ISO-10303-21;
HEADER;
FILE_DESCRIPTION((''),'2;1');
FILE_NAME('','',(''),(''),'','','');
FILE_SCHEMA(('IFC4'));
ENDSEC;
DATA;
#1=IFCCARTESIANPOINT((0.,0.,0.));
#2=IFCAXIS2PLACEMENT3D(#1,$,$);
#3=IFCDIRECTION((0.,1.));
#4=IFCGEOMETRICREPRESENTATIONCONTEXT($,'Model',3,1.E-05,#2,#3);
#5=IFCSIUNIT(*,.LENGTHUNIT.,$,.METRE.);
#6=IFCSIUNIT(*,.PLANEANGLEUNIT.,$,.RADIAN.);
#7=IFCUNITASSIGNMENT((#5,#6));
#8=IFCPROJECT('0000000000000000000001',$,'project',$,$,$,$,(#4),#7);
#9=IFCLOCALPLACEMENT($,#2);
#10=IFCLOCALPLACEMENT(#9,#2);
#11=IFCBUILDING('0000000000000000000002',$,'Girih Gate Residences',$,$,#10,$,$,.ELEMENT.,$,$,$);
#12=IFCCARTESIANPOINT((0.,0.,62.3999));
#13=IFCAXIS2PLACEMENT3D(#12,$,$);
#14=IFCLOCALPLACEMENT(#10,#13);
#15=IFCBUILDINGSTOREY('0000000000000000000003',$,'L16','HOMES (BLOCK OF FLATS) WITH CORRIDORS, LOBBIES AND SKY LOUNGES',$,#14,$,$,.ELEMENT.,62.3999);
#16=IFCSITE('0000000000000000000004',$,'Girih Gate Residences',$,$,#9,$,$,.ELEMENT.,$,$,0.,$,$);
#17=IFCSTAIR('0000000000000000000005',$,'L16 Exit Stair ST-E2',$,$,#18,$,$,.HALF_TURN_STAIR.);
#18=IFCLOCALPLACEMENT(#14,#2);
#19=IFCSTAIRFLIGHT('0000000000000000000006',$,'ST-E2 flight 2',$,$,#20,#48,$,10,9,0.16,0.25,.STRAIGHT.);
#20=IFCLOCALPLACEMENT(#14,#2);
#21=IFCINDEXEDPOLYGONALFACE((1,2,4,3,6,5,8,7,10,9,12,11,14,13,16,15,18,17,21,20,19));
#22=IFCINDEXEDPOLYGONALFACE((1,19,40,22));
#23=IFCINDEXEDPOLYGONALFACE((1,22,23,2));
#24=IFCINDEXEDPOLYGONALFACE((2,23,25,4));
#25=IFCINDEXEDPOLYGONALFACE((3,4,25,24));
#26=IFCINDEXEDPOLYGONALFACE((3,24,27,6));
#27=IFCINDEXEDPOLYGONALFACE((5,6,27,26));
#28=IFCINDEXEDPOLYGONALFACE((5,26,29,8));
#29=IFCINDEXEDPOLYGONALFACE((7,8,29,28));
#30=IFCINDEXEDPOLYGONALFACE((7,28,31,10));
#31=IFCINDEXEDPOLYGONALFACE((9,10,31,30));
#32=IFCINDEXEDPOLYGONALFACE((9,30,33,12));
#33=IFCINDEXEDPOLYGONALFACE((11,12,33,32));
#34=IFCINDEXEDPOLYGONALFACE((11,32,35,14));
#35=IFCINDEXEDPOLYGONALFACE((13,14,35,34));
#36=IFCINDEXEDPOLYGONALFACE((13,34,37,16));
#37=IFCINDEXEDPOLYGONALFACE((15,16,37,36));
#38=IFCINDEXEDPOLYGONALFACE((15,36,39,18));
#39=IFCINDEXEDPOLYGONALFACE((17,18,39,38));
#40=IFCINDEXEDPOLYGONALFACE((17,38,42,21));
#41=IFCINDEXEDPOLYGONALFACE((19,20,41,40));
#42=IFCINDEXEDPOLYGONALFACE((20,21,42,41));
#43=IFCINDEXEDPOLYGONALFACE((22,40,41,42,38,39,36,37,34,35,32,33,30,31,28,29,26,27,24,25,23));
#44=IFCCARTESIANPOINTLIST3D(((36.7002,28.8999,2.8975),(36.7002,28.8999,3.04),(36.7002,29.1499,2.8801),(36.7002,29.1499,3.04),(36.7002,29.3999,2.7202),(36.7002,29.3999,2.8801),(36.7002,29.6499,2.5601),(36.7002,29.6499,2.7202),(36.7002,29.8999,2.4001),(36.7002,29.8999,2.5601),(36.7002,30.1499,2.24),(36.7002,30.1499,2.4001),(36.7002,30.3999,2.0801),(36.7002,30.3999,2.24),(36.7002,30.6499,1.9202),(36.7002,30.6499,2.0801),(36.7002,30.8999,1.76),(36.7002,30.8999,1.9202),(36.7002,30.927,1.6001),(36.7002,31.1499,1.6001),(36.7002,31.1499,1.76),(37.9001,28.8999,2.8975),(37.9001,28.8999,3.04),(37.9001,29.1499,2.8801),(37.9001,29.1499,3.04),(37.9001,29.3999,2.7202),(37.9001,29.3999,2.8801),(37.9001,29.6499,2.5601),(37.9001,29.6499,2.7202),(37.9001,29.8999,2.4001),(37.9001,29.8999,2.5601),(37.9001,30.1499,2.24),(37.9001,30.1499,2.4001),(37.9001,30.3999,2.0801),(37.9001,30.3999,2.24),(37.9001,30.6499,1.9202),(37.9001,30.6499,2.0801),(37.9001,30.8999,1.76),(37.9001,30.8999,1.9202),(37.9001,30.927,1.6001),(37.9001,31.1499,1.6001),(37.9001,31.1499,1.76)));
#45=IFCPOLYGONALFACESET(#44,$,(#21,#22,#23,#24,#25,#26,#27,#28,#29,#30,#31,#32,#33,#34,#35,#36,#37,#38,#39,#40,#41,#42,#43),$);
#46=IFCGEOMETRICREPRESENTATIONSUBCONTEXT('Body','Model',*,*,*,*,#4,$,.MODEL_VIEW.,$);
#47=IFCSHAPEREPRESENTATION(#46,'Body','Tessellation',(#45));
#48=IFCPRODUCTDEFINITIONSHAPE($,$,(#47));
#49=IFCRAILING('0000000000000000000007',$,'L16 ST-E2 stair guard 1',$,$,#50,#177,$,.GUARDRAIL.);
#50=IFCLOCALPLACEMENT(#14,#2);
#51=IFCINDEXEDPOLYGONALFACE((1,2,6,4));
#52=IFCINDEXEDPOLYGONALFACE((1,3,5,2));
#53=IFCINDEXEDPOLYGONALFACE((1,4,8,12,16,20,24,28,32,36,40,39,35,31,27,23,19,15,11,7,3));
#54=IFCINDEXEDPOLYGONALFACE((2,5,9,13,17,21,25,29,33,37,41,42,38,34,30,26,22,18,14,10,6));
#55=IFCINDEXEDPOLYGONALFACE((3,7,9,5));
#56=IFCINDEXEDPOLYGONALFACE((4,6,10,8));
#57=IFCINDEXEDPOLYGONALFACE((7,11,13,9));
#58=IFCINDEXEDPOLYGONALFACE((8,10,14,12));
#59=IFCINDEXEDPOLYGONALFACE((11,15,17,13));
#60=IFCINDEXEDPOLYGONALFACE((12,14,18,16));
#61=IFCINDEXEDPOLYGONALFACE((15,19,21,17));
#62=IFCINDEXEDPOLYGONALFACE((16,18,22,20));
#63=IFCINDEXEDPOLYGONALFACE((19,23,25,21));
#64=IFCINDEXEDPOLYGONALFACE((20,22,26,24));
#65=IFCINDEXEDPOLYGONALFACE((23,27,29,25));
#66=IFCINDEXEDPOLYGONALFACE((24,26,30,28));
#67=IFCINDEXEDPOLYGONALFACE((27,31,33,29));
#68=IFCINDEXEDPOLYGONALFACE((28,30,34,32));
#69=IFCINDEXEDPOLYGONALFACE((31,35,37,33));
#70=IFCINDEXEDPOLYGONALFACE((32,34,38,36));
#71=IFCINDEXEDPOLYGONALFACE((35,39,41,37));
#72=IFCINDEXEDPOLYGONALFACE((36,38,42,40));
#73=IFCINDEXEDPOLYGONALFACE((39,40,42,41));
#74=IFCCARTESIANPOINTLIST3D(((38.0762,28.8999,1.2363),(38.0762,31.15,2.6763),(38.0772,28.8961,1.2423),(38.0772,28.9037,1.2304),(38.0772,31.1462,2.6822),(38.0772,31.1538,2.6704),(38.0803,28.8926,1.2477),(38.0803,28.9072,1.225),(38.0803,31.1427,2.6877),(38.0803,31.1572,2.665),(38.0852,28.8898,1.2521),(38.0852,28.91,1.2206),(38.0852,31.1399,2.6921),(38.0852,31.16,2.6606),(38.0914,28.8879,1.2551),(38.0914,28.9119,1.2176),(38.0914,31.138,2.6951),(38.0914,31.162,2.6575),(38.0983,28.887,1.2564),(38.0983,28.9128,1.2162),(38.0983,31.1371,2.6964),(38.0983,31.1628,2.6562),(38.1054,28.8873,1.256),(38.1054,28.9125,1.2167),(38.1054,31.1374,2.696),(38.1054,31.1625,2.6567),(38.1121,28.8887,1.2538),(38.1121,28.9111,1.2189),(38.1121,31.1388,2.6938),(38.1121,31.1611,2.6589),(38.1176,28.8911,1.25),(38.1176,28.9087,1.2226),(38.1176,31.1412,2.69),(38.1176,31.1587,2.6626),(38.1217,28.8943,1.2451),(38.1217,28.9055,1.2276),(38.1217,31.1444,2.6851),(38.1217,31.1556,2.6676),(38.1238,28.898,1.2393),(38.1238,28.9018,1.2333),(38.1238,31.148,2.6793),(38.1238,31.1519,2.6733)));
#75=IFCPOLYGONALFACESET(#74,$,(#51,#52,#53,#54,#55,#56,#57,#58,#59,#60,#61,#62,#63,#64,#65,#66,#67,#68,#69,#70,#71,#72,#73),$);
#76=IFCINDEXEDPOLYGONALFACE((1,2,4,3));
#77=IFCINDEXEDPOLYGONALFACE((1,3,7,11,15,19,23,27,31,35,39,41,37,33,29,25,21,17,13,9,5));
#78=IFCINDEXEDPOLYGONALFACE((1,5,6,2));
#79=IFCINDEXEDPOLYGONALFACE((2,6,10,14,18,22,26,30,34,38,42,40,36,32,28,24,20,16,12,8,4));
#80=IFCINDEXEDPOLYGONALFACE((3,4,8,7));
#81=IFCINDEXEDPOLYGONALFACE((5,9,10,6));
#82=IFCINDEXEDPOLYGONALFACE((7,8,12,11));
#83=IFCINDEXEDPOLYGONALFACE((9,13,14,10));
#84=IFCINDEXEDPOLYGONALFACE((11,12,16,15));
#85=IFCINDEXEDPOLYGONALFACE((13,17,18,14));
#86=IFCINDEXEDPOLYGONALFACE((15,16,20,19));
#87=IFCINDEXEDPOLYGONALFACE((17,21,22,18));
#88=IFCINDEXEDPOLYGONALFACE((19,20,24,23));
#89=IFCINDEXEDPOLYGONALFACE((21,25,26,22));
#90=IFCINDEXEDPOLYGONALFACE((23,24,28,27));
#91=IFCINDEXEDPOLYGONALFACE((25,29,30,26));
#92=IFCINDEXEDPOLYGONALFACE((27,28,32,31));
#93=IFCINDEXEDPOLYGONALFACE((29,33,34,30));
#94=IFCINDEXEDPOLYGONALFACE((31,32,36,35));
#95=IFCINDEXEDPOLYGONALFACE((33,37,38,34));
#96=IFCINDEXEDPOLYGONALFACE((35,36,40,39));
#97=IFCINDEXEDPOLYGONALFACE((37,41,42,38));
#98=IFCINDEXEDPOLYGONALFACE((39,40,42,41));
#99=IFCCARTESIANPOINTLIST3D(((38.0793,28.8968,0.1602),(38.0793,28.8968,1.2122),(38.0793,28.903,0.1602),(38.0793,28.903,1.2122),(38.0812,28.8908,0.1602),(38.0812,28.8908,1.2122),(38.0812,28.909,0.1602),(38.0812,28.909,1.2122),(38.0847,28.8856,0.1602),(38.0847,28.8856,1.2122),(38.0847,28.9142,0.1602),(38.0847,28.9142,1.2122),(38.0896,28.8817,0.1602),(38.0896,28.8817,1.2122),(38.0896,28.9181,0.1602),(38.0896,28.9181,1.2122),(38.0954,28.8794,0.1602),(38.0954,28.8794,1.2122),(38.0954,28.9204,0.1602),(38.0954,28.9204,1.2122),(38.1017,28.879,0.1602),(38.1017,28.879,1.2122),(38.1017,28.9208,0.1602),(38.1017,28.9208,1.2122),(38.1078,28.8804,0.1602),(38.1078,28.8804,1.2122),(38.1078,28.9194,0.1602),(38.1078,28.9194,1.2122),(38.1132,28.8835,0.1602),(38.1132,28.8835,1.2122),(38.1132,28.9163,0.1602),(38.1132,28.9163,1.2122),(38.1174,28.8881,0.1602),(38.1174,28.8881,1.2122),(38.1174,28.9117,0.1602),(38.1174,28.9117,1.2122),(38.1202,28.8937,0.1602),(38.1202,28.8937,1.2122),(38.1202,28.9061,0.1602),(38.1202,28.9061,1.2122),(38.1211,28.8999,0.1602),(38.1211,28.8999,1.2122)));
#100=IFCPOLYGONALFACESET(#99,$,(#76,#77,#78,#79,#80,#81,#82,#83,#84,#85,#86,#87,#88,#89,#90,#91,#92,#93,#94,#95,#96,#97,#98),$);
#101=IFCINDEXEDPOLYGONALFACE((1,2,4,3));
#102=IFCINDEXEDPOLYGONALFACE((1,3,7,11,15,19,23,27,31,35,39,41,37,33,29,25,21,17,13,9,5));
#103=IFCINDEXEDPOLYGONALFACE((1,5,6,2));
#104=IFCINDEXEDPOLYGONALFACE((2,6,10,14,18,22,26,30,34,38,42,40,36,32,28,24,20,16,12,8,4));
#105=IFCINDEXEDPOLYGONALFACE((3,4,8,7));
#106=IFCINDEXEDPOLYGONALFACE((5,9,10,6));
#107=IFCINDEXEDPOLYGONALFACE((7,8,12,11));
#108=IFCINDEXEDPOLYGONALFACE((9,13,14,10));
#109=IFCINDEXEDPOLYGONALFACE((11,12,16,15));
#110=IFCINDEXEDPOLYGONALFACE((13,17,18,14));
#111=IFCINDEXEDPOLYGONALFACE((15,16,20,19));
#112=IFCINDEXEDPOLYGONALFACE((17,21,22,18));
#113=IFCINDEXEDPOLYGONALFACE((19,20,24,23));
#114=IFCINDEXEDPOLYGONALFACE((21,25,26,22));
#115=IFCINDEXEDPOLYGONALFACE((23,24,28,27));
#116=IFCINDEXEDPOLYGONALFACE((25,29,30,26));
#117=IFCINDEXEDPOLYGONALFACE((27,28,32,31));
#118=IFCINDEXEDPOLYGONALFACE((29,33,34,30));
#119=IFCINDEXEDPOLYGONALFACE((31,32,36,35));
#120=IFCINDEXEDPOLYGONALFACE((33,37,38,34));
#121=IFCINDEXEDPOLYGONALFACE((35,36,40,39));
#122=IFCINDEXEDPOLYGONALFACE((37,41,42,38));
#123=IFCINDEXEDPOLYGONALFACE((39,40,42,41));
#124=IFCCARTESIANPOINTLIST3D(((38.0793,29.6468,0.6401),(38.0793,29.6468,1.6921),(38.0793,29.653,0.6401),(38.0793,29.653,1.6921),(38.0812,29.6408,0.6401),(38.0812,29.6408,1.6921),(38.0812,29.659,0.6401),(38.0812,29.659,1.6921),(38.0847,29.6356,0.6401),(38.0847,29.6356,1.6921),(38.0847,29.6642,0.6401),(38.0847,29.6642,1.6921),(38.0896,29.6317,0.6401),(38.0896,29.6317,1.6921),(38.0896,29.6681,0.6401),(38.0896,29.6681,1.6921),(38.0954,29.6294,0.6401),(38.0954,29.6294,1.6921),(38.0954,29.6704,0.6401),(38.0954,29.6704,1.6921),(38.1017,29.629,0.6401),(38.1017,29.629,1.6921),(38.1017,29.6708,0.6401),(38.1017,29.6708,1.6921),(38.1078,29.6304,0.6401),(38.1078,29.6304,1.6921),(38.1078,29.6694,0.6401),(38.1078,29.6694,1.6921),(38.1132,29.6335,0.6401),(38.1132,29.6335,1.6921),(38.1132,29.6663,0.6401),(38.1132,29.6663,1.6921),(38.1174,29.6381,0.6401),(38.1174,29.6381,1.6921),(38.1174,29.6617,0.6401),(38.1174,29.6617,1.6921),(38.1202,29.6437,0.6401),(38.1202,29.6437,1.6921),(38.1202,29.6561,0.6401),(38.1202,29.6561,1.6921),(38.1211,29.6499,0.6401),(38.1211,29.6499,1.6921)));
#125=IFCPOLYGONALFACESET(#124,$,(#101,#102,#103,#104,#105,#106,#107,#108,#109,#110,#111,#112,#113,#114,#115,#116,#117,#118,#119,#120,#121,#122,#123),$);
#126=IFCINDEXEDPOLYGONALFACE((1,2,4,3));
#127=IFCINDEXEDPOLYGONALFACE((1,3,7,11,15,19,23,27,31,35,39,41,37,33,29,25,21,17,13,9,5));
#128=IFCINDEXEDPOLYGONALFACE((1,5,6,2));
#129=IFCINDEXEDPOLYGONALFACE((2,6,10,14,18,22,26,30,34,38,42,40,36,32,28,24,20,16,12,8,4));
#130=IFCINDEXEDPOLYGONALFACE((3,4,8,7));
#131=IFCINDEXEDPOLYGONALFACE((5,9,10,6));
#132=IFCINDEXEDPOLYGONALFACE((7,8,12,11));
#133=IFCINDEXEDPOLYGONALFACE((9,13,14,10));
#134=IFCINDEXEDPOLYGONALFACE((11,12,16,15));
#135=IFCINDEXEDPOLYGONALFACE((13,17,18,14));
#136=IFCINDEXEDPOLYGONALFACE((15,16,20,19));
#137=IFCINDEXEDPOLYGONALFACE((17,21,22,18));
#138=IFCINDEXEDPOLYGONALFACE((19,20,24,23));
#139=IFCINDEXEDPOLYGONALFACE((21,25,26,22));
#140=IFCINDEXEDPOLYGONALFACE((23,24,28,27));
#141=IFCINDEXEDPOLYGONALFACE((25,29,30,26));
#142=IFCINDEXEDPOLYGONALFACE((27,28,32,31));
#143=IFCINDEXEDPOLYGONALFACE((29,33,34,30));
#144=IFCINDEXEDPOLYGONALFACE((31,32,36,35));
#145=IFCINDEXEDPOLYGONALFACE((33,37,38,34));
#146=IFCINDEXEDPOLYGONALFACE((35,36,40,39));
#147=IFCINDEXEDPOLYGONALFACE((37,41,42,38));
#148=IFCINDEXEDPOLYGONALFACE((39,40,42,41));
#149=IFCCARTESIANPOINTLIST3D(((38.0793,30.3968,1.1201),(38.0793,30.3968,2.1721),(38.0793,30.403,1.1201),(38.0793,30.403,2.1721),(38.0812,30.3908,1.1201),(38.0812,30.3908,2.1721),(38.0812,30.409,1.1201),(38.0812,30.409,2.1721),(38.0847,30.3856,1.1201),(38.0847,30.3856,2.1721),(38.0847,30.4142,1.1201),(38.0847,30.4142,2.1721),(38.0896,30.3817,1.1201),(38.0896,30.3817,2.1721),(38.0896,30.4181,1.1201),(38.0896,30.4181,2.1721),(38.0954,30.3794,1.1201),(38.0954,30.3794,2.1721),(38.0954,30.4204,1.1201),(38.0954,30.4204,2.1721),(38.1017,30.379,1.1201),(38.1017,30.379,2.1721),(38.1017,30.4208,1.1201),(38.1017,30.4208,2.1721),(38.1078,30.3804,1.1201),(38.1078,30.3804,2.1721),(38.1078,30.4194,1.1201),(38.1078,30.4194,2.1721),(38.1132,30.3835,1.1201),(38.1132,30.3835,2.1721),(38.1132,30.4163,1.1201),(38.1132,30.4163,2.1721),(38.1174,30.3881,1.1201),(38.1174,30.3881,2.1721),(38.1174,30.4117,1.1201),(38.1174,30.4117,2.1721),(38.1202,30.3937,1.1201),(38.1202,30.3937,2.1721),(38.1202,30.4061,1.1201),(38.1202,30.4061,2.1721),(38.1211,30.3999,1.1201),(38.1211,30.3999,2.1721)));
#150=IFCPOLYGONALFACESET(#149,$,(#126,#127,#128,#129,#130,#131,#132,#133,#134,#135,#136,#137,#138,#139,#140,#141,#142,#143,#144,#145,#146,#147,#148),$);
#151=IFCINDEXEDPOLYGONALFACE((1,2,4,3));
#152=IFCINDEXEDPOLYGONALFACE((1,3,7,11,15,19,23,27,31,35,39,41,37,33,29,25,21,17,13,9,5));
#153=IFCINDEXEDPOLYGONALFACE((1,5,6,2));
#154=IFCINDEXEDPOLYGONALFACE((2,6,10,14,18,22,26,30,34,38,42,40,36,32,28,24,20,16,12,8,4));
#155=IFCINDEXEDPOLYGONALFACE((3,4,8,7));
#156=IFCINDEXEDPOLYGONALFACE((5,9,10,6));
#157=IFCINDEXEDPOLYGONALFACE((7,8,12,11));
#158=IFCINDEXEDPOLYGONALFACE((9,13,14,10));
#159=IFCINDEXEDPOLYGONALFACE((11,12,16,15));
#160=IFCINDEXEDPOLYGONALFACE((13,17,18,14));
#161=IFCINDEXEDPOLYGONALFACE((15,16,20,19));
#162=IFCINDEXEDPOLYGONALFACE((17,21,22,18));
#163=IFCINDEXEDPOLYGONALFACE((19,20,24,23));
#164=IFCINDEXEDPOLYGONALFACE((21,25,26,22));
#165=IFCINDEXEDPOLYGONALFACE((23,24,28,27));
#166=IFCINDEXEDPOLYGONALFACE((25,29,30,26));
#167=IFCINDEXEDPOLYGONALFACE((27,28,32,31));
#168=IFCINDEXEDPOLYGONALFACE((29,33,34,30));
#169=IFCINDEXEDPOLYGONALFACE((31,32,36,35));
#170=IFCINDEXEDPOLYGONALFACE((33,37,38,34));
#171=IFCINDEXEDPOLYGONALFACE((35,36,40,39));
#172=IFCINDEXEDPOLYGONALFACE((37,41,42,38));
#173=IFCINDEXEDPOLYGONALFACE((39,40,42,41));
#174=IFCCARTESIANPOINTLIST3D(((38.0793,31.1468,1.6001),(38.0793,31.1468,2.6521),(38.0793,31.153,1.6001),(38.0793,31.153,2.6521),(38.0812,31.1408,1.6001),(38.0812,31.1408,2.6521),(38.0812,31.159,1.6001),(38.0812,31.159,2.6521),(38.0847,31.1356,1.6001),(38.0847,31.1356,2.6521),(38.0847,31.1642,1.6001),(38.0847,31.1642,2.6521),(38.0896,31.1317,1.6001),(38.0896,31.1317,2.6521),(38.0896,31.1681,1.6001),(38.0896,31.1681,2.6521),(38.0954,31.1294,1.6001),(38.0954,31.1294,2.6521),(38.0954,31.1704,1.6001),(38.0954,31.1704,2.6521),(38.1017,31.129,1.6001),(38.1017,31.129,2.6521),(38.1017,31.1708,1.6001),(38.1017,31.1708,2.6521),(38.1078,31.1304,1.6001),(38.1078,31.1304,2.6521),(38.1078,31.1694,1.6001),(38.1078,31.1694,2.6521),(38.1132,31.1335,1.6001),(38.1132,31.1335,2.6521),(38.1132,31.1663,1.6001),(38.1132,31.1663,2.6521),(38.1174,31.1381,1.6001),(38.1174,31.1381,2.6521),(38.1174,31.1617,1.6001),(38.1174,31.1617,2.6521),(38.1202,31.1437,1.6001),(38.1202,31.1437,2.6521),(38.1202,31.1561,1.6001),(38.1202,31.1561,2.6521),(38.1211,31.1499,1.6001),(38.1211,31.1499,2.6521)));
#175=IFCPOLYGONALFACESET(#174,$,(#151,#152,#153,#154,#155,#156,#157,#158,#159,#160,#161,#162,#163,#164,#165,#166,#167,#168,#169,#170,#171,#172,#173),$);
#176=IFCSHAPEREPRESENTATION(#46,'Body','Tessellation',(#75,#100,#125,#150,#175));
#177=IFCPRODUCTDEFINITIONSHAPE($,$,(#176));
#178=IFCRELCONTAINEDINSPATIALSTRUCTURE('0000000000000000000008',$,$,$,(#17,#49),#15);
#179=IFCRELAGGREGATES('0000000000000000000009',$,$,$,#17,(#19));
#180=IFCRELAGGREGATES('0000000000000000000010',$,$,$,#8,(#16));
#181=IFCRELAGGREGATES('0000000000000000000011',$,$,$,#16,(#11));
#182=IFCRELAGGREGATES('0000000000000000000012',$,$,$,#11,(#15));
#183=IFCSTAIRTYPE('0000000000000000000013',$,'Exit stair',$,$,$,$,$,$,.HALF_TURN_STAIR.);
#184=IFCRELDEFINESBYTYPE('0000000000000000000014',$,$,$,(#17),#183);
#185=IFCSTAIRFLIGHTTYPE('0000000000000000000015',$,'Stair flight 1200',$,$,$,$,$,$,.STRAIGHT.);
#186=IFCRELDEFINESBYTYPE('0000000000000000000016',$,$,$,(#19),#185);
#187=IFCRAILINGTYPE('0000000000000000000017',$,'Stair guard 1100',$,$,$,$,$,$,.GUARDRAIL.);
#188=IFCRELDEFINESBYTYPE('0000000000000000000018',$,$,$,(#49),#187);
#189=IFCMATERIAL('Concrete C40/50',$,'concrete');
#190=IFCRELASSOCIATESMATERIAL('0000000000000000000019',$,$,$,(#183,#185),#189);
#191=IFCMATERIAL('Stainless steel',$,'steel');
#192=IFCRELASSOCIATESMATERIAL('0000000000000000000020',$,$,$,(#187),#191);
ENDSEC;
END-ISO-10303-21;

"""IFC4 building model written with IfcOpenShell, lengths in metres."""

from ifc_helpers import new_model, si_unit, direction, frame, origin, origin_2d, place, context, subcontext, project, spatial, polyline, circle, outline, extrude, material, type_object, element, aggregate, save


model = new_model("IFC4")

# Units and contexts
model_context = context("Model", 3, precision=1e-05, world=origin(), true_north=direction((0.0, 1.0)))
body_context = subcontext(model_context, "Body", "Model", "MODEL_VIEW")
ifc_project = project(units=[si_unit("LENGTHUNIT", "METRE"), si_unit("PLANEANGLEUNIT", "RADIAN")], contexts=[model_context])

# Site, building, storey
site_placement = place(None, origin())
site = spatial("IfcSite", under=ifc_project, at=site_placement, Name="Girih Gate Residences", CompositionType="ELEMENT", RefElevation=0.0)
building_placement = place(site_placement, origin())
building = spatial("IfcBuilding", under=site, at=building_placement, Name="Girih Gate Residences", CompositionType="ELEMENT")
storey_placement = place(building_placement, frame((0.0, 0.0, 62.3999)))
storey = spatial("IfcBuildingStorey", under=building, at=storey_placement, Name="L16", Description="HOMES (BLOCK OF FLATS) WITH CORRIDORS, LOBBIES AND SKY LOUNGES", CompositionType="ELEMENT", Elevation=62.3999)

# Shared definitions
ifc_material_1 = material(Name="Concrete C40/50", Category="concrete")

# Stair, stair flight
stair_type = type_object("IfcStairType", Name="Exit stair", PredefinedType="HALF_TURN_STAIR", material=ifc_material_1)
stair_placement = place(storey_placement, origin())
stair = element("IfcStair", 1, at=stair_placement, inside=storey, type_object=stair_type, Name="L16 Exit Stair ST-E2", PredefinedType="HALF_TURN_STAIR")
stair_flight_type = type_object("IfcStairFlightType", Name="Stair flight 1200", PredefinedType="STRAIGHT", material=ifc_material_1)
stair_flight_1_placement = place(storey_placement, frame((37.3, 31.1499, 1.6001), z_axis=(0.0, 0.0, 1.0), x_axis=(0.0, -1.0, 0.0)))
stair_flight_1 = element("IfcStairFlight", 2, at=stair_flight_1_placement, type_object=stair_flight_type, Name="ST-E2 flight 2", NumberOfRisers=10, NumberOfTreads=9, PredefinedType="STRAIGHT", RiserHeight=0.16, TreadLength=0.25, context=body_context, shape_type="SweptSolid", body=[
    extrude(outline(polyline([(0.0, 0.0), (0.0, 0.1599), (0.25, 0.1599), (0.25, 0.3201), (0.5, 0.3201), (0.5, 0.48), (0.75, 0.48), (0.75, 0.6399), (1.0, 0.6399), (1.0, 0.8), (1.25, 0.8), (1.25, 0.96), (1.5, 0.96), (1.5, 1.1201), (1.75, 1.1201), (1.75, 1.28), (2.0, 1.28), (2.0, 1.4399), (2.25, 1.4399), (2.25, 1.6001), (2.25, 1.2974), (0.2229, 0.0), (0.0, 0.0)])), frame((0.0, 0.6001, 0.0), z_axis=(0.0, -1.0, 0.0), x_axis=(1.0, 0.0, 0.0)), (0.0, 0.0, 1.0), 1.2),
])
aggregate(stair, [stair_flight_1])

# Railing
ifc_material_2 = material(Name="Stainless steel", Category="steel")
railing_type_1 = type_object("IfcRailingType", Name="Stair guard 1100", PredefinedType="GUARDRAIL", material=ifc_material_2)
railing_1_placement = place(storey_placement, frame((38.1001, 28.8999, 0.1602)))
element("IfcRailing", 3, at=railing_1_placement, inside=storey, type_object=railing_type_1, Name="L16 ST-E2 stair guard 1", PredefinedType="GUARDRAIL", context=body_context, shape_type="SweptSolid", body=[
    extrude(circle(Radius=0.0239, at=origin_2d()), frame((0.0, 0.0, 1.0762), z_axis=(0.0, 0.842281, 0.539038), x_axis=(-1.0, 0.0, 0.0)), (0.0, 0.0, 1.0), 2.6714),
    extrude(circle(Radius=0.021, at=origin_2d()), origin(), (0.0, 0.0, 1.0), 1.052),
    extrude(circle(Radius=0.021, at=origin_2d()), frame((0.0, 0.75, 0.48)), (0.0, 0.0, 1.0), 1.052),
    extrude(circle(Radius=0.021, at=origin_2d()), frame((0.0, 1.5, 0.96)), (0.0, 0.0, 1.0), 1.052),
    extrude(circle(Radius=0.021, at=origin_2d()), frame((0.0, 2.25, 1.4399)), (0.0, 0.0, 1.0), 1.052),
])

save(model, "model.ifc")
